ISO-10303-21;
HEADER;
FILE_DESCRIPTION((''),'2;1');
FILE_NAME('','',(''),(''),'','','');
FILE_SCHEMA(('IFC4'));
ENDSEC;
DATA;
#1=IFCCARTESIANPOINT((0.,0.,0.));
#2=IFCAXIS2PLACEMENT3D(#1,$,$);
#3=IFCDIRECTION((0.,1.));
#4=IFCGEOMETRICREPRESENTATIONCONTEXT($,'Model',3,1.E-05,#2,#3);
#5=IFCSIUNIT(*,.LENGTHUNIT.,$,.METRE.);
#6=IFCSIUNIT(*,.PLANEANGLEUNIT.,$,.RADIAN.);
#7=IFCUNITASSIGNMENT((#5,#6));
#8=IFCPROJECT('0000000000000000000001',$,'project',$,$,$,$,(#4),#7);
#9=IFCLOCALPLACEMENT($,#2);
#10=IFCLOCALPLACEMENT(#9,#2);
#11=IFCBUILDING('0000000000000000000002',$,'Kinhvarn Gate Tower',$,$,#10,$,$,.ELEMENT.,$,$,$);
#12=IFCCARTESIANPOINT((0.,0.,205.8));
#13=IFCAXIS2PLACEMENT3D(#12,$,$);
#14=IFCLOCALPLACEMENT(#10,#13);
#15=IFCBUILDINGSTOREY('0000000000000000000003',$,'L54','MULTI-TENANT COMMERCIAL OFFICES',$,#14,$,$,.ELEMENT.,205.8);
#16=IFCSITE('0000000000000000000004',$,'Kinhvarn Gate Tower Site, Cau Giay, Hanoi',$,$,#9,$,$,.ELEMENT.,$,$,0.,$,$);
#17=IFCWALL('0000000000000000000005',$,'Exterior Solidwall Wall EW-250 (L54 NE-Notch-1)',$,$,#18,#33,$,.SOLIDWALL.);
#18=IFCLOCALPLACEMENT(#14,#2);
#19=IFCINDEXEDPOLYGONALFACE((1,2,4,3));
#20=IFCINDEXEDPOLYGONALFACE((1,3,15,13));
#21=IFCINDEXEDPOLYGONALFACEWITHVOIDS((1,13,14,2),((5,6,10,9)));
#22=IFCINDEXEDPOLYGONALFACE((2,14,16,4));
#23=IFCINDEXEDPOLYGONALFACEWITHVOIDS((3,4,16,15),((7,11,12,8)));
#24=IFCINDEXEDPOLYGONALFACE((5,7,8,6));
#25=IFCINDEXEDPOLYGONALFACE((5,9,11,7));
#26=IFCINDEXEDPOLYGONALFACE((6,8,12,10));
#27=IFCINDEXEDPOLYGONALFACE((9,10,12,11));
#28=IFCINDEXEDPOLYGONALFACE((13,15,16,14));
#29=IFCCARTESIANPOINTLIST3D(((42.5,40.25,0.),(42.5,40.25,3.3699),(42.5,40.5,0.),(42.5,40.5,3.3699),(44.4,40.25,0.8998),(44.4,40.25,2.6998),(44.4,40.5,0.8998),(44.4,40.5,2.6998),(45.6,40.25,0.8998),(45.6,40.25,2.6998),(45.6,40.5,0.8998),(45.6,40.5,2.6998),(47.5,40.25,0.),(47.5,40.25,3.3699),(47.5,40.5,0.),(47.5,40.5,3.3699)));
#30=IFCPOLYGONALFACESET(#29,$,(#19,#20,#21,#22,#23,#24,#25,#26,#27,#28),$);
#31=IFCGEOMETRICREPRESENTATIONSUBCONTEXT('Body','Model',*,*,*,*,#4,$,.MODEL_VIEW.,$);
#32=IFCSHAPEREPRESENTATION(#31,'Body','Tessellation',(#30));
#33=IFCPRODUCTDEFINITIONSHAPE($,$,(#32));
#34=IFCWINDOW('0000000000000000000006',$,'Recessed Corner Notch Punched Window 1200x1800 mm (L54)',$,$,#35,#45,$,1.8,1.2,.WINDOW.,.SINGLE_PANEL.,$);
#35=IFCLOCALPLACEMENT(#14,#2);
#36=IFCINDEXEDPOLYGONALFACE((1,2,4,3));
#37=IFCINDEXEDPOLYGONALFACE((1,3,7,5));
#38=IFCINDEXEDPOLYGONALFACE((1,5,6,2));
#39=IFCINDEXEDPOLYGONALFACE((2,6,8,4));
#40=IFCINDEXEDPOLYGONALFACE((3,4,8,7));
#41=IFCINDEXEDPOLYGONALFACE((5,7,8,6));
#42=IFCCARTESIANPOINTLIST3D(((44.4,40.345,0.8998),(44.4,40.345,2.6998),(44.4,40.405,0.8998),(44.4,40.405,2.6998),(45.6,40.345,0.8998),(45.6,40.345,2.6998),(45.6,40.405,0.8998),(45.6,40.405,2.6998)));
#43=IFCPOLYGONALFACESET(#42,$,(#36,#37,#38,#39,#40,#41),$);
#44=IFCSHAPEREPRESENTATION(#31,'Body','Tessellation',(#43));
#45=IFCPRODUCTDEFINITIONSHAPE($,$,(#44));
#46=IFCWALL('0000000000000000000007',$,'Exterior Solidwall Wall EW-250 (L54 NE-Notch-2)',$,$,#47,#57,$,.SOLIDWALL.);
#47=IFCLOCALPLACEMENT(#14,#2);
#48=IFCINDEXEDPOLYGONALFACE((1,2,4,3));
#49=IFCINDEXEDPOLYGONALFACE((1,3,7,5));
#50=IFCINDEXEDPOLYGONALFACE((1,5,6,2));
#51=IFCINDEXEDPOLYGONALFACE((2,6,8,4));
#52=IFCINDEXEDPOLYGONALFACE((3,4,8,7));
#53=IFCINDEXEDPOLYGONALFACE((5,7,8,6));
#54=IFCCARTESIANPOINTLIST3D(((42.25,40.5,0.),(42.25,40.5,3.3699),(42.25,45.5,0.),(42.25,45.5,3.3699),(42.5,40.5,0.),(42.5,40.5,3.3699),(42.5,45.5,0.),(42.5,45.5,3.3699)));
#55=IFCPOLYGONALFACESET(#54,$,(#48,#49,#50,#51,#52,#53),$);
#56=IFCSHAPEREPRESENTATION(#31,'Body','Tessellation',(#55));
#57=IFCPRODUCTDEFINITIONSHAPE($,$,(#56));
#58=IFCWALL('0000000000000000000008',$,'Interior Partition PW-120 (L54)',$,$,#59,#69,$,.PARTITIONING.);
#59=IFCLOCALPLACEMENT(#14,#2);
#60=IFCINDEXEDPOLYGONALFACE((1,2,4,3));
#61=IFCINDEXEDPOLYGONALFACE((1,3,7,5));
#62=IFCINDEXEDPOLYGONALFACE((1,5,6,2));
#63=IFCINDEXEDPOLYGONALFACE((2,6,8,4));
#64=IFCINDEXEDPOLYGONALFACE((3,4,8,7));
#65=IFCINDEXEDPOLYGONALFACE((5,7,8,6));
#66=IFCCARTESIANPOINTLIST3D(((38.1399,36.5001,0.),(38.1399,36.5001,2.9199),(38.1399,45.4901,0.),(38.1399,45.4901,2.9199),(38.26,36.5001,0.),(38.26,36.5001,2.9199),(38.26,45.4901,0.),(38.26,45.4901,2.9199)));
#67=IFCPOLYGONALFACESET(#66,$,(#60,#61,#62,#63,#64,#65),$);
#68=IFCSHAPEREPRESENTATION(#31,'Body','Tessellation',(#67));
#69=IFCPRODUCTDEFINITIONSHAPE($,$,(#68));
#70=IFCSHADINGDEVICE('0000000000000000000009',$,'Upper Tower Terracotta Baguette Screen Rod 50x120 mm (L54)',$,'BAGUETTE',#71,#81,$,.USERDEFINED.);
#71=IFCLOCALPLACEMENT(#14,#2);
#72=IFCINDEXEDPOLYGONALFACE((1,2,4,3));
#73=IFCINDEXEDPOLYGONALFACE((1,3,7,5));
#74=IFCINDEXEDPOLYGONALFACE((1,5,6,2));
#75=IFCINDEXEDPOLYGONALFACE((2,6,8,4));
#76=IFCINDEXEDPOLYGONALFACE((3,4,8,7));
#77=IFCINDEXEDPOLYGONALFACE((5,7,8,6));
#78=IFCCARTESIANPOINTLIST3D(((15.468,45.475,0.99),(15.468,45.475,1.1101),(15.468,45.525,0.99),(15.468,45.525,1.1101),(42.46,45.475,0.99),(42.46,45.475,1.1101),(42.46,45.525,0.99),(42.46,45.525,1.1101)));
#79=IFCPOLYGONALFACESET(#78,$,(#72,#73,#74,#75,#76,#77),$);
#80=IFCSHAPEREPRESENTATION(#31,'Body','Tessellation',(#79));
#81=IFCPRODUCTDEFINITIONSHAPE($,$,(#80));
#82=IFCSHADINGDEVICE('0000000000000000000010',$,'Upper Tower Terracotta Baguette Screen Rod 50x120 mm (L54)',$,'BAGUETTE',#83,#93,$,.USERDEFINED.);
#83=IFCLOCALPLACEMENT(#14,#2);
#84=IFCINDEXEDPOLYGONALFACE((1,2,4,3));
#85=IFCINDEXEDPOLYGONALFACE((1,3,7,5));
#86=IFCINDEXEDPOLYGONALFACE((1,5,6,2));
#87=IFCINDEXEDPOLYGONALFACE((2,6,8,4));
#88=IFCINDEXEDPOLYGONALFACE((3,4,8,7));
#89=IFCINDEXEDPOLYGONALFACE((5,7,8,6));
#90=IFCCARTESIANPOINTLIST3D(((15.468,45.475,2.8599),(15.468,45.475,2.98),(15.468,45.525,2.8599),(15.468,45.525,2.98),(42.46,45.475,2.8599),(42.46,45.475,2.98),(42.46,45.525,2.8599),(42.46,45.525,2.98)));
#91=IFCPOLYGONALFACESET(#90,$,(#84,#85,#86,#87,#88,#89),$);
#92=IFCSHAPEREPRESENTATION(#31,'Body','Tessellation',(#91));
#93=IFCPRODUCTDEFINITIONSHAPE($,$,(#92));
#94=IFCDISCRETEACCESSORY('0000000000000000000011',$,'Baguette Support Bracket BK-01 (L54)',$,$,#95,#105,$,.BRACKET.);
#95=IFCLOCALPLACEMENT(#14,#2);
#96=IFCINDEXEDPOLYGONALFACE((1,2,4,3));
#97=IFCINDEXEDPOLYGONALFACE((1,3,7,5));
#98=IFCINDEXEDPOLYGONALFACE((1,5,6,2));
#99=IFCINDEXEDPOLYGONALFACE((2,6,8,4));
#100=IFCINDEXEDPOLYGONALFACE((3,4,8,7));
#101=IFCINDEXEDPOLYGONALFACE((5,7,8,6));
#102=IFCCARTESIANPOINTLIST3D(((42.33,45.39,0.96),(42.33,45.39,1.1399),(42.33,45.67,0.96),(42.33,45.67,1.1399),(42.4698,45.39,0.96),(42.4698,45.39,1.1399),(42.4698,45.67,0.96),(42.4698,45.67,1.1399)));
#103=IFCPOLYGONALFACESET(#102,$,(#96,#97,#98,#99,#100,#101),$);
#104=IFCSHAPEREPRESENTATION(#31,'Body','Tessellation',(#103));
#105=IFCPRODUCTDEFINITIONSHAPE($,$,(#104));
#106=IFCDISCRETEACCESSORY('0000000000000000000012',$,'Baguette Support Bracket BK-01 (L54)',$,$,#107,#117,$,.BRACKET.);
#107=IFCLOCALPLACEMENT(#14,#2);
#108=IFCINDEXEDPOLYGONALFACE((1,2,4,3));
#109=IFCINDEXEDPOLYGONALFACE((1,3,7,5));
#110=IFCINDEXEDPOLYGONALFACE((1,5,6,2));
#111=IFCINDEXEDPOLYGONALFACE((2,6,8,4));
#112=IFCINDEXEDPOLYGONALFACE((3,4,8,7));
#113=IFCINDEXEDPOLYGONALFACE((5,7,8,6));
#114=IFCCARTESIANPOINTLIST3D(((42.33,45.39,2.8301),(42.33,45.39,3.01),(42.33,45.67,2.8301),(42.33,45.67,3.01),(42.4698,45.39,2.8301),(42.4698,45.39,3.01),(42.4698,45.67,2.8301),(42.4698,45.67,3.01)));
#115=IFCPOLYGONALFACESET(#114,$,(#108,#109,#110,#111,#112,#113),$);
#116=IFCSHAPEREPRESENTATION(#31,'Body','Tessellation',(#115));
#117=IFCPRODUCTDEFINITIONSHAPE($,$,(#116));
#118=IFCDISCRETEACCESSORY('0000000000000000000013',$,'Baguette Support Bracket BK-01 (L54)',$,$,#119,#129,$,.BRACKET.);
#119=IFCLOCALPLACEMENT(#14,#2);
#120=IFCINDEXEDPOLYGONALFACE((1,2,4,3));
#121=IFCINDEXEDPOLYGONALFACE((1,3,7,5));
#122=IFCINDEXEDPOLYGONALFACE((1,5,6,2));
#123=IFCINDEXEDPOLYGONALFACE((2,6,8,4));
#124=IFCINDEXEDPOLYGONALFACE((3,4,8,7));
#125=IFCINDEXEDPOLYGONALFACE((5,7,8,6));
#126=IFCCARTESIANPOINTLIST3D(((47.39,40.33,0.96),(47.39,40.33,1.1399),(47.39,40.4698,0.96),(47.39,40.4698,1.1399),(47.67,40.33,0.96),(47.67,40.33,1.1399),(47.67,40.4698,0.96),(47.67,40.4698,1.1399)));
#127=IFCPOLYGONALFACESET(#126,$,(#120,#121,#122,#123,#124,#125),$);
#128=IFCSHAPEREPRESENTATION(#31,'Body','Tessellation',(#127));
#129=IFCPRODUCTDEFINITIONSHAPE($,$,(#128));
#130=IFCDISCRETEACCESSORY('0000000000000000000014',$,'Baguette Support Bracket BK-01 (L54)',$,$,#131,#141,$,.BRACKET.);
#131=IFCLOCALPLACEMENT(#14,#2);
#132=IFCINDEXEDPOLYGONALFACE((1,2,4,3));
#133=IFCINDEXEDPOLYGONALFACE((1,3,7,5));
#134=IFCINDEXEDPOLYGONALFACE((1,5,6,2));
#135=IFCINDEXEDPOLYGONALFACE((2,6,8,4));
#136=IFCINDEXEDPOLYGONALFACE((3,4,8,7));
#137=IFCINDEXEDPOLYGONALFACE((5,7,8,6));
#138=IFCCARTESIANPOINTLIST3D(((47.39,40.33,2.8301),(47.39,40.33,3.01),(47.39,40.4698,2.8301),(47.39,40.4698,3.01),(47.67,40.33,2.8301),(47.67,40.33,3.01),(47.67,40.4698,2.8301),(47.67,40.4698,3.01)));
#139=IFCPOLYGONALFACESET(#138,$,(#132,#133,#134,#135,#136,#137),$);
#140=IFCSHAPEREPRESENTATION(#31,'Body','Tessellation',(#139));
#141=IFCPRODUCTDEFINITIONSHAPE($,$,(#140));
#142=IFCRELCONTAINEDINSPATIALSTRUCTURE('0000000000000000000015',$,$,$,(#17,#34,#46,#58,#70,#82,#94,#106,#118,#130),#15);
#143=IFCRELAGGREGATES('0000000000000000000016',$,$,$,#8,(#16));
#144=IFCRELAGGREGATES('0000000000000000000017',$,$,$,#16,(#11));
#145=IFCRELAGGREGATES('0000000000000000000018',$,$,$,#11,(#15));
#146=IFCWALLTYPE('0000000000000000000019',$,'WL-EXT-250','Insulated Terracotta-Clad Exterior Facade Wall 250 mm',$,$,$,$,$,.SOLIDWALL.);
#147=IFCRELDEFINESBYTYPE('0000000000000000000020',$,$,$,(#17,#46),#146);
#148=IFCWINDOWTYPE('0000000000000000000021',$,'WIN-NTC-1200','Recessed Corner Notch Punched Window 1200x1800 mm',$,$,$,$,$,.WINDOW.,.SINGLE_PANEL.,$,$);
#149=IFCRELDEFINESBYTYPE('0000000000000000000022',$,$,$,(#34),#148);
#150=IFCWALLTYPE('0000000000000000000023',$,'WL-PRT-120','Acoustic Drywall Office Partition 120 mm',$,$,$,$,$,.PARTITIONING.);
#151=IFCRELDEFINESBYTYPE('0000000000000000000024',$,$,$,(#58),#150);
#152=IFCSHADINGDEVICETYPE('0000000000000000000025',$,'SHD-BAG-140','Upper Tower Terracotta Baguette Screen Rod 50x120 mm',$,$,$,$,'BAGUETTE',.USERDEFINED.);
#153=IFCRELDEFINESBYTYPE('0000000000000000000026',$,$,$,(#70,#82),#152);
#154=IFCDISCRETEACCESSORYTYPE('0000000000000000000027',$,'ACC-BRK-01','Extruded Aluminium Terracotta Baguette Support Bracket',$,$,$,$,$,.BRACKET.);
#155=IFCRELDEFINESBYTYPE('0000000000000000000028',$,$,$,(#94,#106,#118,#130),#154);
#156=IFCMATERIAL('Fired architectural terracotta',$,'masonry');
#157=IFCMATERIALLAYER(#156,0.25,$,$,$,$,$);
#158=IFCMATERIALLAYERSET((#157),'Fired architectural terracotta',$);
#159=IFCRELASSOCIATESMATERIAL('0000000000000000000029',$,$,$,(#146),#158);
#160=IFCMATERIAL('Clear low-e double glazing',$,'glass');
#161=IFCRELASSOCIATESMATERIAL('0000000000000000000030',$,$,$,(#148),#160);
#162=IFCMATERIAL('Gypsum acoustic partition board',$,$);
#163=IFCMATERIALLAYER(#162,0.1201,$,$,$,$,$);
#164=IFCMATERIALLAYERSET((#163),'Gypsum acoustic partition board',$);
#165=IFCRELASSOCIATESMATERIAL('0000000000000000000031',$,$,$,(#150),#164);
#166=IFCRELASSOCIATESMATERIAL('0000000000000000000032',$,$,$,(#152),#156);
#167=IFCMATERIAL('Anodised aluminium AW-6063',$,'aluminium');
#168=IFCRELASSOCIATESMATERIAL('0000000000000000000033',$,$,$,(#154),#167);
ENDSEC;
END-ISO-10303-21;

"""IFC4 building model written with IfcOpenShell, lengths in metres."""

from ifc_helpers import new_model, si_unit, direction, frame, frame_2d, origin, origin_2d, place, context, subcontext, project, spatial, rectangle, extrude, material, layer, layer_set, material_profile, profile_set, type_object, element, fill, save


model = new_model("IFC4")

# Units and contexts
model_context = context("Model", 3, precision=1e-05, world=origin(), true_north=direction((0.0, 1.0)))
body_context = subcontext(model_context, "Body", "Model", "MODEL_VIEW")
ifc_project = project(units=[si_unit("LENGTHUNIT", "METRE"), si_unit("PLANEANGLEUNIT", "RADIAN")], contexts=[model_context])

# Site, building, storey
site_placement = place(None, origin())
site = spatial("IfcSite", under=ifc_project, at=site_placement, Name="Kinhvarn Gate Tower Site, Cau Giay, Hanoi", CompositionType="ELEMENT", RefElevation=0.0)
building_placement = place(site_placement, origin())
building = spatial("IfcBuilding", under=site, at=building_placement, Name="Kinhvarn Gate Tower", CompositionType="ELEMENT")
storey_placement = place(building_placement, frame((0.0, 0.0, 205.8)))
storey = spatial("IfcBuildingStorey", under=building, at=storey_placement, Name="L54", Description="MULTI-TENANT COMMERCIAL OFFICES", CompositionType="ELEMENT", Elevation=205.8)

# Shared definitions
ifc_material_1 = material(Name="Anodised aluminium AW-6063", Category="aluminium")

# Shared definitions
ifc_material_2 = material(Name="Clear low-e double glazing", Category="glass")

# Wall, opening, window
ifc_material_3 = material(Name="Fired architectural terracotta", Category="masonry")
ifc_layer_1 = layer(ifc_material_3, 0.25)
ifc_layer_set_1 = layer_set([ifc_layer_1], Name="Fired architectural terracotta")
wall_type_1 = type_object("IfcWallType", Name="WL-EXT-250", Description="Insulated Terracotta-Clad Exterior Facade Wall 250 mm", PredefinedType="SOLIDWALL", material=ifc_layer_set_1)
wall_1_placement = place(storey_placement, frame((47.5, 40.375, 0.0), z_axis=(0.0, 0.0, 1.0), x_axis=(-1.0, 0.0, 0.0)))
wall_1 = element("IfcWall", 1, at=wall_1_placement, inside=storey, type_object=wall_type_1, Name="Exterior Solidwall Wall EW-250 (L54 NE-Notch-1)", PredefinedType="SOLIDWALL", context=body_context, shape_type="SweptSolid", body=[
    extrude(rectangle(XDim=5.0, YDim=0.25, at=frame_2d((2.5, 0.0))), origin(), (0.0, 0.0, 1.0), 3.3699),
])
opening_placement = place(wall_1_placement, frame((1.8999, 0.0, 0.8999)))
opening = element("IfcOpeningElement", 2, at=opening_placement, cuts=wall_1, PredefinedType="OPENING", context=body_context, shape_type="SweptSolid", body=[
    extrude(rectangle(XDim=1.2, YDim=1.8, at=frame_2d((0.6001, 0.8999))), frame((0.0, 0.135, 0.0), z_axis=(0.0, -1.0, 0.0), x_axis=(1.0, 0.0, 0.0)), (0.0, 0.0, 1.0), 0.27),
])
window_type = type_object("IfcWindowType", Name="WIN-NTC-1200", Description="Recessed Corner Notch Punched Window 1200x1800 mm", PartitioningType="SINGLE_PANEL", PredefinedType="WINDOW", material=ifc_material_2)
window_placement = place(opening_placement, origin())
window = element("IfcWindow", 3, at=window_placement, inside=storey, type_object=window_type, Name="Recessed Corner Notch Punched Window 1200x1800 mm (L54)", OverallHeight=1.8, OverallWidth=1.2, PartitioningType="SINGLE_PANEL", PredefinedType="WINDOW", context=body_context, shape_type="SweptSolid", body=[
    extrude(rectangle(XDim=1.2, YDim=1.8, at=frame_2d((0.6001, 0.8999))), frame((0.0, 0.03, 0.0), z_axis=(0.0, -1.0, 0.0), x_axis=(1.0, 0.0, 0.0)), (0.0, 0.0, 1.0), 0.0601),
])
fill(opening, window)

# Walls
wall_2_placement = place(storey_placement, frame((42.375, 40.5, 0.0), z_axis=(0.0, 0.0, 1.0), x_axis=(0.0, 1.0, 0.0)))
element("IfcWall", 4, at=wall_2_placement, inside=storey, type_object=wall_type_1, Name="Exterior Solidwall Wall EW-250 (L54 NE-Notch-2)", PredefinedType="SOLIDWALL", context=body_context, shape_type="SweptSolid", body=[
    extrude(rectangle(XDim=5.0, YDim=0.25, at=frame_2d((2.5, 0.0))), origin(), (0.0, 0.0, 1.0), 3.3699),
])
ifc_material_4 = material(Name="Gypsum acoustic partition board")
ifc_layer_2 = layer(ifc_material_4, 0.1201)
ifc_layer_set_2 = layer_set([ifc_layer_2], Name="Gypsum acoustic partition board")
wall_type_2 = type_object("IfcWallType", Name="WL-PRT-120", Description="Acoustic Drywall Office Partition 120 mm", PredefinedType="PARTITIONING", material=ifc_layer_set_2)
wall_3_placement = place(storey_placement, frame((38.2, 36.5, 0.0), z_axis=(0.0, 0.0, 1.0), x_axis=(0.0, 1.0, 0.0)))
element("IfcWall", 5, at=wall_3_placement, inside=storey, type_object=wall_type_2, Name="Interior Partition PW-120 (L54)", PredefinedType="PARTITIONING", context=body_context, shape_type="SweptSolid", body=[
    extrude(rectangle(XDim=8.99, YDim=0.1201, at=frame_2d((4.4951, 0.0))), origin(), (0.0, 0.0, 1.0), 2.9199),
])

# Shading devices
ifc_material_profile_1 = material_profile(ifc_material_3, rectangle(XDim=0.05, YDim=0.1201, at=origin_2d()), Name="TC 50x120")
ifc_profile_set_1 = profile_set([ifc_material_profile_1], Name="Fired architectural terracotta")
shading_device_type = type_object("IfcShadingDeviceType", Name="SHD-BAG-140", Description="Upper Tower Terracotta Baguette Screen Rod 50x120 mm", ElementType="BAGUETTE", PredefinedType="USERDEFINED", material=ifc_profile_set_1)
for number, where, z_axis, x_axis, name in (
    (6, (42.46, 45.5, 1.05), (-1.0, 0.0, 0.0), (0.0, -1.0, 0.0), "Upper Tower Terracotta Baguette Screen Rod 50x120 mm (L54)"),
    (7, (42.46, 45.5, 2.9199), (-1.0, 0.0, 0.0), (0.0, -1.0, 0.0), "Upper Tower Terracotta Baguette Screen Rod 50x120 mm (L54)"),
):
    element("IfcShadingDevice", number, at=place(storey_placement, frame(where, z_axis=z_axis, x_axis=x_axis)), inside=storey, type_object=shading_device_type, Name=name, ObjectType="BAGUETTE", PredefinedType="USERDEFINED", context=body_context, shape_type="SweptSolid", body=[
        extrude(rectangle(XDim=0.05, YDim=0.1201, at=origin_2d()), origin(), (0.0, 0.0, 1.0), 26.9919),
    ])

# Discrete accessories
discrete_accessory_type = type_object("IfcDiscreteAccessoryType", Name="ACC-BRK-01", Description="Extruded Aluminium Terracotta Baguette Support Bracket", PredefinedType="BRACKET", material=ifc_material_1)
for number, where, z_axis, x_axis, name in (
    (8, (42.3999, 45.53, 0.96), (0.0, 0.0, 1.0), (-1.0, 0.0, 0.0), "Baguette Support Bracket BK-01 (L54)"),
    (9, (42.3999, 45.53, 2.8301), (0.0, 0.0, 1.0), (-1.0, 0.0, 0.0), "Baguette Support Bracket BK-01 (L54)"),
    (10, (47.53, 40.3999, 0.96), (0.0, 0.0, 1.0), (0.0, 1.0, 0.0), "Baguette Support Bracket BK-01 (L54)"),
    (11, (47.53, 40.3999, 2.8301), (0.0, 0.0, 1.0), (0.0, 1.0, 0.0), "Baguette Support Bracket BK-01 (L54)"),
):
    element("IfcDiscreteAccessory", number, at=place(storey_placement, frame(where, z_axis=z_axis, x_axis=x_axis)), inside=storey, type_object=discrete_accessory_type, Name=name, PredefinedType="BRACKET", context=body_context, shape_type="SweptSolid", body=[
        extrude(rectangle(XDim=0.1399, YDim=0.28, at=origin_2d()), origin(), (0.0, 0.0, 1.0), 0.1799),
    ])

save(model, "model.ifc")
